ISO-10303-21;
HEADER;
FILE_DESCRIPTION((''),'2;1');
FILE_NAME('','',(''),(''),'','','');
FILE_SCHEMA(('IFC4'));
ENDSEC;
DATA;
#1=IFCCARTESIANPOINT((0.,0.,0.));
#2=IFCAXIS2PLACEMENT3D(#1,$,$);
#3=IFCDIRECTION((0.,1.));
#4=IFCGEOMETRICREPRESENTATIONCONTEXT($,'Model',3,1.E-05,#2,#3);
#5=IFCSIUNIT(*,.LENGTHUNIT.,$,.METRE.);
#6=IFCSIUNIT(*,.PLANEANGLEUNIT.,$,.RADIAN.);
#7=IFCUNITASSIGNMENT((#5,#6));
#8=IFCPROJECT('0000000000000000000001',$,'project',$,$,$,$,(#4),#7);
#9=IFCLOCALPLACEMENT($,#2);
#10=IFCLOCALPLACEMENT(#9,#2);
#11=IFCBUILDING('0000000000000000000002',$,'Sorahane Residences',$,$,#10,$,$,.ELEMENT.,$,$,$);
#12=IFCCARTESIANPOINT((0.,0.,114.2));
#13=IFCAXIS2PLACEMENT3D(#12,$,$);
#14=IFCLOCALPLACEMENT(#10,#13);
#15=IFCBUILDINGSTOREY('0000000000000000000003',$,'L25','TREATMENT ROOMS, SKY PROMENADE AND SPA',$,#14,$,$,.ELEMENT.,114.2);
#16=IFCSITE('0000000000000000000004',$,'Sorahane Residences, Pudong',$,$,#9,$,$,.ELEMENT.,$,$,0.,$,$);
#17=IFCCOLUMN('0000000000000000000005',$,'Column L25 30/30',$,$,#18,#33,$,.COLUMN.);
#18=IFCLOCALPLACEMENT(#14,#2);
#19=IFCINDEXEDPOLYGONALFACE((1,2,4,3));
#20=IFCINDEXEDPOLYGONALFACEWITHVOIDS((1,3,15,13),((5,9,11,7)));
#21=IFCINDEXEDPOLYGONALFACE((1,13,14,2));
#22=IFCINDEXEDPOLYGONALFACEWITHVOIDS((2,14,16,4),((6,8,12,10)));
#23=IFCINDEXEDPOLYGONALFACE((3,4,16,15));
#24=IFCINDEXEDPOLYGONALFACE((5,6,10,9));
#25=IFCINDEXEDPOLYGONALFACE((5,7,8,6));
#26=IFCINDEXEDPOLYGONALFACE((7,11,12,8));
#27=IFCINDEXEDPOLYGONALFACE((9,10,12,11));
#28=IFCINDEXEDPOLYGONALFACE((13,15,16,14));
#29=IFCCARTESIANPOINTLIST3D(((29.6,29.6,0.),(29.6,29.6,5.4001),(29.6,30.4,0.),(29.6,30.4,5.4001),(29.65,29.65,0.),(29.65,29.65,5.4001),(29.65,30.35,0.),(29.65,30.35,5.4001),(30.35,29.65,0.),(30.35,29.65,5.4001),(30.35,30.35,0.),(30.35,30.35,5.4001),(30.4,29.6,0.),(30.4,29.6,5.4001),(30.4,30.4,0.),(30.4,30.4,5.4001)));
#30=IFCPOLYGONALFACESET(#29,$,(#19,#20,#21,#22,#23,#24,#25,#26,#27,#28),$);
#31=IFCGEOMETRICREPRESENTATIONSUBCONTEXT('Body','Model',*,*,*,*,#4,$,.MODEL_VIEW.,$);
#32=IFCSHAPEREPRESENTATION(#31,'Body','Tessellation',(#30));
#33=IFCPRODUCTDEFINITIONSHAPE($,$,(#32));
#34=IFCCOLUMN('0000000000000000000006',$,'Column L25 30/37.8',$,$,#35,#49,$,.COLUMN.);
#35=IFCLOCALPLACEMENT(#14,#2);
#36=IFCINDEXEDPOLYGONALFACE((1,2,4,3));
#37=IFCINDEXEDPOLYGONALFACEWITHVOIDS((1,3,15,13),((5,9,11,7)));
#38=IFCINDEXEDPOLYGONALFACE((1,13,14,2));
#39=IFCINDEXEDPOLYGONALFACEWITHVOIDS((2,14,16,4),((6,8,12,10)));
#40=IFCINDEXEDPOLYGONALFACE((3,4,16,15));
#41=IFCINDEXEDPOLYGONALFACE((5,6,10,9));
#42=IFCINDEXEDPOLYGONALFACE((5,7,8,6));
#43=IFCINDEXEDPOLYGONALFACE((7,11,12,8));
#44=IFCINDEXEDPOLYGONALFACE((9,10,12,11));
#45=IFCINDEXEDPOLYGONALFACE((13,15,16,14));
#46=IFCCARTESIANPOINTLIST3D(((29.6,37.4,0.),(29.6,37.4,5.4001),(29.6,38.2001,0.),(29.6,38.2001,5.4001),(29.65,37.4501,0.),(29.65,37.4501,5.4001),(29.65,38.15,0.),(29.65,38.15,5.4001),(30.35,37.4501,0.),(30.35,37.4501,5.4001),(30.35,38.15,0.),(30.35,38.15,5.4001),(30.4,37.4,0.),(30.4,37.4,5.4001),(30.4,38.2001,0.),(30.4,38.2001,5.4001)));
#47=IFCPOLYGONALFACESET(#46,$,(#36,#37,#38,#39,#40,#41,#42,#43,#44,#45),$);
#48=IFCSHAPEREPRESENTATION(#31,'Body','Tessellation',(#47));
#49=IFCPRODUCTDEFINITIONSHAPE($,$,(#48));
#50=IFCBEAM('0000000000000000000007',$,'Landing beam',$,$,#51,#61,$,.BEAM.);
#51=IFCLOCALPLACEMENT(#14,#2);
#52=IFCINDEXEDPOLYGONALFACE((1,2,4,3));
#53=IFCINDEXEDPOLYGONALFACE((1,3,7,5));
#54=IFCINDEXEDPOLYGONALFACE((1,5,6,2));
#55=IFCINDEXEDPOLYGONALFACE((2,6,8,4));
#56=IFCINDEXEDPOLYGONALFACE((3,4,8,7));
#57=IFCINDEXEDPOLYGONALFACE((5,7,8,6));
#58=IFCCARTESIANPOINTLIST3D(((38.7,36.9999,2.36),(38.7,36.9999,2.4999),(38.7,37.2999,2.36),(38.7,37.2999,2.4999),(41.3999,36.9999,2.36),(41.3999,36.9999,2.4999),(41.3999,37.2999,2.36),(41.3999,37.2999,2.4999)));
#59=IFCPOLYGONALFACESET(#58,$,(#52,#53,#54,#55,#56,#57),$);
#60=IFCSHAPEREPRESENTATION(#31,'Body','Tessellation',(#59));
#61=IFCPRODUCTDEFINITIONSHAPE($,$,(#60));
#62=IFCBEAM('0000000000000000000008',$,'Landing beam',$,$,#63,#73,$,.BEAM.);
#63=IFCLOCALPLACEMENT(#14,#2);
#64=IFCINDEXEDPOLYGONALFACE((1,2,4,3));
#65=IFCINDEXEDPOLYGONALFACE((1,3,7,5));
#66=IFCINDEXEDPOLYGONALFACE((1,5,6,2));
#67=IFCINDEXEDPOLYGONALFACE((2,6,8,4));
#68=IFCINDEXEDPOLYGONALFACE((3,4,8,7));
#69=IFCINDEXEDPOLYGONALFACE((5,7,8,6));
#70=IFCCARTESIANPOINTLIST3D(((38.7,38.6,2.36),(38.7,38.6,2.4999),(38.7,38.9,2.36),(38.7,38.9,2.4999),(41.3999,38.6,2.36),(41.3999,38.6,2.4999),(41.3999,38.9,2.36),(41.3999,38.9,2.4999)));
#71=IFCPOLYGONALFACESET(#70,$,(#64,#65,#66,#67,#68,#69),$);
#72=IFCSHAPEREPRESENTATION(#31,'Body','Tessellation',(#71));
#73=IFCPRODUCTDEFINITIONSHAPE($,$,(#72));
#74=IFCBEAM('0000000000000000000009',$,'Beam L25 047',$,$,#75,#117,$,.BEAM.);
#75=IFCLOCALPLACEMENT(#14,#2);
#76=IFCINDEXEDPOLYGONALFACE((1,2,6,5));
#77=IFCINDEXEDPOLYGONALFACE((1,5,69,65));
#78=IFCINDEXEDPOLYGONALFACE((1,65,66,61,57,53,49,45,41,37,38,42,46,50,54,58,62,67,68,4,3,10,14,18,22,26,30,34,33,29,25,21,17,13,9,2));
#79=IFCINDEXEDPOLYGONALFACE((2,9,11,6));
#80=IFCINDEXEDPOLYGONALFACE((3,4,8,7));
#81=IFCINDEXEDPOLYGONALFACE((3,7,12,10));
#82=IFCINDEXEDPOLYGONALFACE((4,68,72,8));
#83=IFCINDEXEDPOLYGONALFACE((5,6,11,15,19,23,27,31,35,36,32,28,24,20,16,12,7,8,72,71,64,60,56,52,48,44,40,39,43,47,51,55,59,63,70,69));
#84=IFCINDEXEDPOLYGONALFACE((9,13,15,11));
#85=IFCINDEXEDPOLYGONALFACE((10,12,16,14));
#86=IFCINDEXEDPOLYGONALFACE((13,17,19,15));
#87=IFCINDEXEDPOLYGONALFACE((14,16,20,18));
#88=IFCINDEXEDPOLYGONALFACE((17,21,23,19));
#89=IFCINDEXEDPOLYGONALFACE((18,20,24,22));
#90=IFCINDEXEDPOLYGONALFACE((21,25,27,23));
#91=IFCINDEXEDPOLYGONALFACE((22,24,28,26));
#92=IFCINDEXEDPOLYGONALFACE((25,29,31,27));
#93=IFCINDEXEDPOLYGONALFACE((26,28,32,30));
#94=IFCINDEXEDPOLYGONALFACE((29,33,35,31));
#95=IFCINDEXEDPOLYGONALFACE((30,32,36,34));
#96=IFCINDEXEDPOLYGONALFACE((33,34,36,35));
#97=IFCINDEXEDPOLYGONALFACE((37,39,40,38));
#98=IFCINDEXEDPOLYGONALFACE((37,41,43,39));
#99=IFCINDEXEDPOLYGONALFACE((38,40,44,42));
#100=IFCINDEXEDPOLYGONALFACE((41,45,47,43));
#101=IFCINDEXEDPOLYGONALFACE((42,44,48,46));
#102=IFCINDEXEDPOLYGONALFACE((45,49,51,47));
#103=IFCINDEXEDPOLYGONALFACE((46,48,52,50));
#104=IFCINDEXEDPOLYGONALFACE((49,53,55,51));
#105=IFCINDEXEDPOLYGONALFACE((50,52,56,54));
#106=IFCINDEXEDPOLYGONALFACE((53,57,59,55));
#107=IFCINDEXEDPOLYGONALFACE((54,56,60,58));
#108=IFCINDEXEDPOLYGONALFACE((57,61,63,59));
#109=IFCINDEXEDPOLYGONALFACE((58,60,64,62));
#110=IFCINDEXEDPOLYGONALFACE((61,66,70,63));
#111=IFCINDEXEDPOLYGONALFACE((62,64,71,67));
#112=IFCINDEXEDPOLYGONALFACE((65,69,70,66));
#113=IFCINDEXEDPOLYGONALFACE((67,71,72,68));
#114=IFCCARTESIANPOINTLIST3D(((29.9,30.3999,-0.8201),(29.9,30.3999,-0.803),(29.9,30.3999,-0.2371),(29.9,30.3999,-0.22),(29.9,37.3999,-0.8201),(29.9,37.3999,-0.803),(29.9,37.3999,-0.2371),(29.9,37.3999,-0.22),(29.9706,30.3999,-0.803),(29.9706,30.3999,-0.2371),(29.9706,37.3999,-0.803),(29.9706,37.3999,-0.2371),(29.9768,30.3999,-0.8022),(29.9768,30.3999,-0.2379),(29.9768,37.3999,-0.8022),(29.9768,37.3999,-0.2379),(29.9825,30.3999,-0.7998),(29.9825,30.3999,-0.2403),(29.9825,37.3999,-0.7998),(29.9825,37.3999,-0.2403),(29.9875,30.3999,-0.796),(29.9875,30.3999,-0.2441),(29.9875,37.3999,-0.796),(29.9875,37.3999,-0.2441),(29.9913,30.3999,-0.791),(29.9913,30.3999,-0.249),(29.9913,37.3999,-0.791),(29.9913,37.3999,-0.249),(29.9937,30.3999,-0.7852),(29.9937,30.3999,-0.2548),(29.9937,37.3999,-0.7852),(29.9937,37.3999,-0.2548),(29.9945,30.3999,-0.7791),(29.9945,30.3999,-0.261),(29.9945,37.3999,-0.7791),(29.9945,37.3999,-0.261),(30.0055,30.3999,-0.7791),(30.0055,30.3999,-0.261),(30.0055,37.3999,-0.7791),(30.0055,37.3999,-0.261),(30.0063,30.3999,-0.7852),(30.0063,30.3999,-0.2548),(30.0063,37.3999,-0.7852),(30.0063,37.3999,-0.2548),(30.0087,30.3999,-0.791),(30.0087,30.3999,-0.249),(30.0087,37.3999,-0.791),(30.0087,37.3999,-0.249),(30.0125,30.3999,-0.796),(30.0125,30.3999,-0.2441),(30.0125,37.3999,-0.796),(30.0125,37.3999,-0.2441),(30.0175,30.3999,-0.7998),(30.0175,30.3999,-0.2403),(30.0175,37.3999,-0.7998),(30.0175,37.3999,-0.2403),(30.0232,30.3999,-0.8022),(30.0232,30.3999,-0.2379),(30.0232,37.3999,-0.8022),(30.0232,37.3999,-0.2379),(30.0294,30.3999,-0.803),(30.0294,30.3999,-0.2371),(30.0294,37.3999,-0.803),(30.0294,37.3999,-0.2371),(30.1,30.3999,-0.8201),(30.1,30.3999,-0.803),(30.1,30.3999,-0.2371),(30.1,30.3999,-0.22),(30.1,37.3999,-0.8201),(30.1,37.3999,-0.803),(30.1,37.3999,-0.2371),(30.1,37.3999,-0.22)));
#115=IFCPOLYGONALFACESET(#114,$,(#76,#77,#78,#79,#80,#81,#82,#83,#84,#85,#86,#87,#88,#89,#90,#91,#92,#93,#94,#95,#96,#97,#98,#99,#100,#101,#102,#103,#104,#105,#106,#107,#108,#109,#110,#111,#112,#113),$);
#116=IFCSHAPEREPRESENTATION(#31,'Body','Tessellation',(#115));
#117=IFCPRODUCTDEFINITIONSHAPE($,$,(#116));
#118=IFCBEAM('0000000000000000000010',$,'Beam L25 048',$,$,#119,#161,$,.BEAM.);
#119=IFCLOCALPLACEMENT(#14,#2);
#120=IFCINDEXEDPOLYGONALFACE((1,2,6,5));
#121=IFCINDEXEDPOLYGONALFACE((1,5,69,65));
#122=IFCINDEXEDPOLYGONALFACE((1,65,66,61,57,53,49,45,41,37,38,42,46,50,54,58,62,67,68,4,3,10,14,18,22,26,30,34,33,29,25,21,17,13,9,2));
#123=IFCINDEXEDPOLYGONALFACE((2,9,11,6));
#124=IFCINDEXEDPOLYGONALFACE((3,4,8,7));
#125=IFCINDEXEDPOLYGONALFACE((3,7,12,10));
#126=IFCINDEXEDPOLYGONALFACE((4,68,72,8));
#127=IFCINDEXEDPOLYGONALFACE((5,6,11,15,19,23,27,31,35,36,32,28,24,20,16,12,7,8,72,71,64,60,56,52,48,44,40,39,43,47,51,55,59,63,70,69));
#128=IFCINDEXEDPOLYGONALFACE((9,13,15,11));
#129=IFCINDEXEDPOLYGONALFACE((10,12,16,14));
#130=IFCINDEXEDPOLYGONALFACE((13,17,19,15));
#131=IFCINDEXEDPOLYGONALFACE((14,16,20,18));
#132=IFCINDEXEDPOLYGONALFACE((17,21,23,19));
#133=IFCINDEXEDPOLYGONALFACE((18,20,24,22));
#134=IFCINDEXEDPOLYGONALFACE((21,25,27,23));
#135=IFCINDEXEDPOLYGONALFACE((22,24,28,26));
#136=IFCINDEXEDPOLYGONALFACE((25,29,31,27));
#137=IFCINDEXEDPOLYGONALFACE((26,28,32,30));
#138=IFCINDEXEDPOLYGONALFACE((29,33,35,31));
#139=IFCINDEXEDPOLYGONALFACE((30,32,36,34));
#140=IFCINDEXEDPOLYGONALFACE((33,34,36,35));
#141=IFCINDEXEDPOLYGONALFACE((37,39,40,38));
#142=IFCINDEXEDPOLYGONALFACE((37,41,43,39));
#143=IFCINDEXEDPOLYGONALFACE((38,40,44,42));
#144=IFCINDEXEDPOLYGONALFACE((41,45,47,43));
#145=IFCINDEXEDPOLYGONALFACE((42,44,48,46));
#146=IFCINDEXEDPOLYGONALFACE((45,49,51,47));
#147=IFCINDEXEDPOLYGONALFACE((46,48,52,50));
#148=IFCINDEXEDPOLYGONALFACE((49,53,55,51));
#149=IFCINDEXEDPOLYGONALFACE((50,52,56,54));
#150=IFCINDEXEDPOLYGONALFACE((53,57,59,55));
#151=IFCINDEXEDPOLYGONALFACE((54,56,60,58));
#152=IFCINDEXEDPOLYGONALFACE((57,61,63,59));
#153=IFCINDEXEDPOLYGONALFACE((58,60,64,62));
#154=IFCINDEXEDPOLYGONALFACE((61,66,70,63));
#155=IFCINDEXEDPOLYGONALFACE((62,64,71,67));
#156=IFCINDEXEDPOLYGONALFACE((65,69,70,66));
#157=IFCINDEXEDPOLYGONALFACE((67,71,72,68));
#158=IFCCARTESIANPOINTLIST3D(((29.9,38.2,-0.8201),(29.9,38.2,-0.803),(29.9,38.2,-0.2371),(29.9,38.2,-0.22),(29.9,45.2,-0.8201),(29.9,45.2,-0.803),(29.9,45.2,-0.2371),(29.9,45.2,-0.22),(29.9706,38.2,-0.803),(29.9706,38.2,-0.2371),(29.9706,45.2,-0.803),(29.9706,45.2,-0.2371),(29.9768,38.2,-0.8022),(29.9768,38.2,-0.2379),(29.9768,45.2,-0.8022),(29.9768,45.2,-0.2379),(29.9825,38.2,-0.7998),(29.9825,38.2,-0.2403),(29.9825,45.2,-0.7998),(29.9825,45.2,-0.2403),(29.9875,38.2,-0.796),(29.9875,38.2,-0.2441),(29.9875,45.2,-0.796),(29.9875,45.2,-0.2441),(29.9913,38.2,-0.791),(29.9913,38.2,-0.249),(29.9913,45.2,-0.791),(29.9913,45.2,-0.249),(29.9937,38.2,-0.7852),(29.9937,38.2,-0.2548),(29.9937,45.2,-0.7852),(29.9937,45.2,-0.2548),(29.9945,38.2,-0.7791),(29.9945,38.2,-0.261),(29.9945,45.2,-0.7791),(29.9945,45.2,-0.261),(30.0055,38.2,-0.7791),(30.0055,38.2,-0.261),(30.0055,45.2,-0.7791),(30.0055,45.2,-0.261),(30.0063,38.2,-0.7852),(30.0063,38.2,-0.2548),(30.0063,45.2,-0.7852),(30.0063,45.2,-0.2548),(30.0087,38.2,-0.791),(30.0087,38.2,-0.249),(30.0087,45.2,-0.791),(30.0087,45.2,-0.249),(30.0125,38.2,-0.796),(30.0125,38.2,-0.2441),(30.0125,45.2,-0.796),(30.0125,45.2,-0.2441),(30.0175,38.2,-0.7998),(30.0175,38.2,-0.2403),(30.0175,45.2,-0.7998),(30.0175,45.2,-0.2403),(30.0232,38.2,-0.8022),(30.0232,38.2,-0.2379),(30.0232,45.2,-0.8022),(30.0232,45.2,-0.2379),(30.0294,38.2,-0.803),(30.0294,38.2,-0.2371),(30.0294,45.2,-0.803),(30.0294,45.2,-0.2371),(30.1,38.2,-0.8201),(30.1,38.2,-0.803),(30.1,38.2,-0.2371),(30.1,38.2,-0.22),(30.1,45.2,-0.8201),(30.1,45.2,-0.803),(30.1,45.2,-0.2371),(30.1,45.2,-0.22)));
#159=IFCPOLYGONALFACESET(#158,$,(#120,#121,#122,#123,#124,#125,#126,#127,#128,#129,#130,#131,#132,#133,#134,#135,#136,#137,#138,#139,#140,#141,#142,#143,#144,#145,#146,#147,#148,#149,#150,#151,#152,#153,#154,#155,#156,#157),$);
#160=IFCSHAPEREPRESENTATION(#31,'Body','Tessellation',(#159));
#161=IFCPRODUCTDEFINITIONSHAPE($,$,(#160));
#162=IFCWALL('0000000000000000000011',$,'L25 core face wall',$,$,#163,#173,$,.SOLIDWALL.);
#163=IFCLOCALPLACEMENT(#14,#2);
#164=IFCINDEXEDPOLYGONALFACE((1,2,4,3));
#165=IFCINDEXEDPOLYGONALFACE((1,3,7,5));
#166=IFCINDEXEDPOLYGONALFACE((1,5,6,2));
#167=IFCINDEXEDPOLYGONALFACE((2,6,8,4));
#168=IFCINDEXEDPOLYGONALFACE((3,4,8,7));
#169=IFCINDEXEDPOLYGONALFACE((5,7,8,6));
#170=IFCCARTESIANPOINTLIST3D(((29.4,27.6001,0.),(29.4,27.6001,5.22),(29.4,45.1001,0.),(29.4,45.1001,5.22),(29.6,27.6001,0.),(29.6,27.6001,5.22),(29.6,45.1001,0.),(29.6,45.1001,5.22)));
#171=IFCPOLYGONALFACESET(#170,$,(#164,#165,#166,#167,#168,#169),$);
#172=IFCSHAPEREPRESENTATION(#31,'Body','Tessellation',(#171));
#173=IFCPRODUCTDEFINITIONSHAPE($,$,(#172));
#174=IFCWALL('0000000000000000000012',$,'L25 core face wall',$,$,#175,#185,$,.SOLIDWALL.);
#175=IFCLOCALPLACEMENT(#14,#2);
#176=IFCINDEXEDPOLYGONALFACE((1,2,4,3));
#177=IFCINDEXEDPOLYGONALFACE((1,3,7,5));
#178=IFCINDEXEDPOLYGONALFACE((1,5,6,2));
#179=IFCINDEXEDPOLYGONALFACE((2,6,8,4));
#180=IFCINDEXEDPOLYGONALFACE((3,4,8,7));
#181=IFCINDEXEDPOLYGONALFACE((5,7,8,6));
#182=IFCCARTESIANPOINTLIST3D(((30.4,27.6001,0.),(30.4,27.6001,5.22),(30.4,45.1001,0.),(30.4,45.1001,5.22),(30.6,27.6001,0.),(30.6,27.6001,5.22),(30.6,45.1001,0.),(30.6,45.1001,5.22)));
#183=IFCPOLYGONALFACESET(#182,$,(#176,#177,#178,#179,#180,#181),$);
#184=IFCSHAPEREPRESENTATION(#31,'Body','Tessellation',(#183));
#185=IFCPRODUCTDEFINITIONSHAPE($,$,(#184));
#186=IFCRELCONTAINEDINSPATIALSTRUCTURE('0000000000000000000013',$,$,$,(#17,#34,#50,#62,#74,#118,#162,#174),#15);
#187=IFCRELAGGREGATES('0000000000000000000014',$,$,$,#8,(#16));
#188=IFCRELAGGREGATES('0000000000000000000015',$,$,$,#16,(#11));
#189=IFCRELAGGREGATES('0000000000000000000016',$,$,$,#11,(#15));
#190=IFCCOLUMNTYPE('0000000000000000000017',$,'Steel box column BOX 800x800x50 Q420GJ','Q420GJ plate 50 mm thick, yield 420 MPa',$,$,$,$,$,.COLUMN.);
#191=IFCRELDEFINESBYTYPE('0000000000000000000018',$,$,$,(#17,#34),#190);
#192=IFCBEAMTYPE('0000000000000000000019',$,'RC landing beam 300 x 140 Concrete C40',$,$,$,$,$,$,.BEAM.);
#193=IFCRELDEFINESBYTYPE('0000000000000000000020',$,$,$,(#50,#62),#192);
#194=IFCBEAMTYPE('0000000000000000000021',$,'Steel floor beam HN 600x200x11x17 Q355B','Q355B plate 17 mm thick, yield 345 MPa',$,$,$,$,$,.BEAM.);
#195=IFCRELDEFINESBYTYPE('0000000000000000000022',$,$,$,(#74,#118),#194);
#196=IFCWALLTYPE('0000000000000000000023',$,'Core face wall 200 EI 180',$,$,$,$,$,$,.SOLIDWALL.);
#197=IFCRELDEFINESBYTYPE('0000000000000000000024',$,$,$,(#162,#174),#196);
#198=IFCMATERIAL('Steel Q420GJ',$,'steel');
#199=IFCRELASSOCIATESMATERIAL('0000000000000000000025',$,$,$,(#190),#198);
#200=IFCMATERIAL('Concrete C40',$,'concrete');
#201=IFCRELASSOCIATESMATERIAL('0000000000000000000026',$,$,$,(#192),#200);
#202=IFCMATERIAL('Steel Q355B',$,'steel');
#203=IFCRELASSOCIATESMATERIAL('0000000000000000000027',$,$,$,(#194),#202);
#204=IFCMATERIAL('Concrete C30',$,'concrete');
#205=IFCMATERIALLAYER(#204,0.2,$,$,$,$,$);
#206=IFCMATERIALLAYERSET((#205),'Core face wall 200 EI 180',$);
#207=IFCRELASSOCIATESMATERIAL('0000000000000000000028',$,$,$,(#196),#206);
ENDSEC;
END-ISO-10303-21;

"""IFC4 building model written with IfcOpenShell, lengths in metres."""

from ifc_helpers import new_model, si_unit, direction, frame, frame_2d, origin, origin_2d, place, context, subcontext, project, spatial, rectangle, hollow_rectangle, i_section, extrude, material, layer, layer_set, material_profile, profile_set, type_object, element, save


model = new_model("IFC4")

# Units and contexts
model_context = context("Model", 3, precision=1e-05, world=origin(), true_north=direction((0.0, 1.0)))
body_context = subcontext(model_context, "Body", "Model", "MODEL_VIEW")
ifc_project = project(units=[si_unit("LENGTHUNIT", "METRE"), si_unit("PLANEANGLEUNIT", "RADIAN")], contexts=[model_context])

# Site, building, storey
site_placement = place(None, origin())
site = spatial("IfcSite", under=ifc_project, at=site_placement, Name="Sorahane Residences, Pudong", CompositionType="ELEMENT", RefElevation=0.0)
building_placement = place(site_placement, origin())
building = spatial("IfcBuilding", under=site, at=building_placement, Name="Sorahane Residences", CompositionType="ELEMENT")
storey_placement = place(building_placement, frame((0.0, 0.0, 114.2)))
storey = spatial("IfcBuildingStorey", under=building, at=storey_placement, Name="L25", Description="TREATMENT ROOMS, SKY PROMENADE AND SPA", CompositionType="ELEMENT", Elevation=114.2)

# Columns
ifc_material_1 = material(Name="Steel Q420GJ", Category="steel")
ifc_material_profile_1 = material_profile(ifc_material_1, hollow_rectangle(XDim=0.8, YDim=0.8, WallThickness=0.05, at=origin_2d()), Name="BOX 800x800x50")
ifc_profile_set_1 = profile_set([ifc_material_profile_1], Name="Steel Q420GJ")
column_type = type_object("IfcColumnType", Name="Steel box column BOX 800x800x50 Q420GJ", Description="Q420GJ plate 50 mm thick, yield 420 MPa", PredefinedType="COLUMN", material=ifc_profile_set_1)
for number, where, z_axis, x_axis, name in (
    (1, (30.0, 30.0, 0.0), (0.0, 0.0, 1.0), (1.0, 0.0, 0.0), "Column L25 30/30"),
    (2, (30.0, 37.8, 0.0), (0.0, 0.0, 1.0), (1.0, 0.0, 0.0), "Column L25 30/37.8"),
):
    element("IfcColumn", number, at=place(storey_placement, frame(where, z_axis=z_axis, x_axis=x_axis)), inside=storey, type_object=column_type, Name=name, PredefinedType="COLUMN", context=body_context, shape_type="SweptSolid", body=[
        extrude(hollow_rectangle(XDim=0.8, YDim=0.8, WallThickness=0.05, at=origin_2d()), origin(), (0.0, 0.0, 1.0), 5.4001),
    ])

# Beams
ifc_material_2 = material(Name="Concrete C40", Category="concrete")
ifc_material_profile_2 = material_profile(ifc_material_2, rectangle(XDim=0.3, YDim=0.1399, at=origin_2d()), Name="300x140")
ifc_profile_set_2 = profile_set([ifc_material_profile_2], Name="Concrete C40")
beam_type_1 = type_object("IfcBeamType", Name="RC landing beam 300 x 140 Concrete C40", PredefinedType="BEAM", material=ifc_profile_set_2)
for number, where, z_axis, x_axis, name in (
    (3, (38.7, 37.1499, 2.4299), (1.0, 0.0, 0.0), (0.0, 1.0, 0.0), "Landing beam"),
    (4, (38.7, 38.75, 2.4299), (1.0, 0.0, 0.0), (0.0, 1.0, 0.0), "Landing beam"),
):
    element("IfcBeam", number, at=place(storey_placement, frame(where, z_axis=z_axis, x_axis=x_axis)), inside=storey, type_object=beam_type_1, Name=name, PredefinedType="BEAM", context=body_context, shape_type="SweptSolid", body=[
        extrude(rectangle(XDim=0.3, YDim=0.1399, at=origin_2d()), origin(), (0.0, 0.0, 1.0), 2.7),
    ])
ifc_material_3 = material(Name="Steel Q355B", Category="steel")
ifc_material_profile_3 = material_profile(ifc_material_3, i_section(OverallWidth=0.2, OverallDepth=0.6001, WebThickness=0.011, FlangeThickness=0.0171, FilletRadius=0.0239, at=origin_2d()), Name="HN 600x200x11x17")
ifc_profile_set_3 = profile_set([ifc_material_profile_3], Name="Steel Q355B")
beam_type_2 = type_object("IfcBeamType", Name="Steel floor beam HN 600x200x11x17 Q355B", Description="Q355B plate 17 mm thick, yield 345 MPa", PredefinedType="BEAM", material=ifc_profile_set_3)
for number, where, z_axis, x_axis, name in (
    (5, (30.0, 30.3999, -0.52), (0.0, 1.0, 0.0), (-1.0, 0.0, 0.0), "Beam L25 047"),
    (6, (30.0, 38.2, -0.52), (0.0, 1.0, 0.0), (-1.0, 0.0, 0.0), "Beam L25 048"),
):
    element("IfcBeam", number, at=place(storey_placement, frame(where, z_axis=z_axis, x_axis=x_axis)), inside=storey, type_object=beam_type_2, Name=name, PredefinedType="BEAM", context=body_context, shape_type="SweptSolid", body=[
        extrude(i_section(OverallWidth=0.2, OverallDepth=0.6001, WebThickness=0.011, FlangeThickness=0.0171, FilletRadius=0.0239, at=origin_2d()), origin(), (0.0, 0.0, 1.0), 7.0),
    ])

# Walls
ifc_material_4 = material(Name="Concrete C30", Category="concrete")
ifc_layer_1 = layer(ifc_material_4, 0.2)
ifc_layer_set_1 = layer_set([ifc_layer_1], Name="Core face wall 200 EI 180")
wall_type_1 = type_object("IfcWallType", Name="Core face wall 200 EI 180", PredefinedType="SOLIDWALL", material=ifc_layer_set_1)
for number, where, z_axis, x_axis, name in (
    (7, (29.5, 27.6001, 0.0), (0.0, 0.0, 1.0), (0.0, 1.0, 0.0), "L25 core face wall"),
    (8, (30.5, 27.6001, 0.0), (0.0, 0.0, 1.0), (0.0, 1.0, 0.0), "L25 core face wall"),
):
    element("IfcWall", number, at=place(storey_placement, frame(where, z_axis=z_axis, x_axis=x_axis)), inside=storey, type_object=wall_type_1, Name=name, PredefinedType="SOLIDWALL", context=body_context, shape_type="SweptSolid", body=[
        extrude(rectangle(XDim=17.5, YDim=0.2, at=frame_2d((8.75, 0.0))), origin(), (0.0, 0.0, 1.0), 5.22),
    ])

save(model, "model.ifc")
